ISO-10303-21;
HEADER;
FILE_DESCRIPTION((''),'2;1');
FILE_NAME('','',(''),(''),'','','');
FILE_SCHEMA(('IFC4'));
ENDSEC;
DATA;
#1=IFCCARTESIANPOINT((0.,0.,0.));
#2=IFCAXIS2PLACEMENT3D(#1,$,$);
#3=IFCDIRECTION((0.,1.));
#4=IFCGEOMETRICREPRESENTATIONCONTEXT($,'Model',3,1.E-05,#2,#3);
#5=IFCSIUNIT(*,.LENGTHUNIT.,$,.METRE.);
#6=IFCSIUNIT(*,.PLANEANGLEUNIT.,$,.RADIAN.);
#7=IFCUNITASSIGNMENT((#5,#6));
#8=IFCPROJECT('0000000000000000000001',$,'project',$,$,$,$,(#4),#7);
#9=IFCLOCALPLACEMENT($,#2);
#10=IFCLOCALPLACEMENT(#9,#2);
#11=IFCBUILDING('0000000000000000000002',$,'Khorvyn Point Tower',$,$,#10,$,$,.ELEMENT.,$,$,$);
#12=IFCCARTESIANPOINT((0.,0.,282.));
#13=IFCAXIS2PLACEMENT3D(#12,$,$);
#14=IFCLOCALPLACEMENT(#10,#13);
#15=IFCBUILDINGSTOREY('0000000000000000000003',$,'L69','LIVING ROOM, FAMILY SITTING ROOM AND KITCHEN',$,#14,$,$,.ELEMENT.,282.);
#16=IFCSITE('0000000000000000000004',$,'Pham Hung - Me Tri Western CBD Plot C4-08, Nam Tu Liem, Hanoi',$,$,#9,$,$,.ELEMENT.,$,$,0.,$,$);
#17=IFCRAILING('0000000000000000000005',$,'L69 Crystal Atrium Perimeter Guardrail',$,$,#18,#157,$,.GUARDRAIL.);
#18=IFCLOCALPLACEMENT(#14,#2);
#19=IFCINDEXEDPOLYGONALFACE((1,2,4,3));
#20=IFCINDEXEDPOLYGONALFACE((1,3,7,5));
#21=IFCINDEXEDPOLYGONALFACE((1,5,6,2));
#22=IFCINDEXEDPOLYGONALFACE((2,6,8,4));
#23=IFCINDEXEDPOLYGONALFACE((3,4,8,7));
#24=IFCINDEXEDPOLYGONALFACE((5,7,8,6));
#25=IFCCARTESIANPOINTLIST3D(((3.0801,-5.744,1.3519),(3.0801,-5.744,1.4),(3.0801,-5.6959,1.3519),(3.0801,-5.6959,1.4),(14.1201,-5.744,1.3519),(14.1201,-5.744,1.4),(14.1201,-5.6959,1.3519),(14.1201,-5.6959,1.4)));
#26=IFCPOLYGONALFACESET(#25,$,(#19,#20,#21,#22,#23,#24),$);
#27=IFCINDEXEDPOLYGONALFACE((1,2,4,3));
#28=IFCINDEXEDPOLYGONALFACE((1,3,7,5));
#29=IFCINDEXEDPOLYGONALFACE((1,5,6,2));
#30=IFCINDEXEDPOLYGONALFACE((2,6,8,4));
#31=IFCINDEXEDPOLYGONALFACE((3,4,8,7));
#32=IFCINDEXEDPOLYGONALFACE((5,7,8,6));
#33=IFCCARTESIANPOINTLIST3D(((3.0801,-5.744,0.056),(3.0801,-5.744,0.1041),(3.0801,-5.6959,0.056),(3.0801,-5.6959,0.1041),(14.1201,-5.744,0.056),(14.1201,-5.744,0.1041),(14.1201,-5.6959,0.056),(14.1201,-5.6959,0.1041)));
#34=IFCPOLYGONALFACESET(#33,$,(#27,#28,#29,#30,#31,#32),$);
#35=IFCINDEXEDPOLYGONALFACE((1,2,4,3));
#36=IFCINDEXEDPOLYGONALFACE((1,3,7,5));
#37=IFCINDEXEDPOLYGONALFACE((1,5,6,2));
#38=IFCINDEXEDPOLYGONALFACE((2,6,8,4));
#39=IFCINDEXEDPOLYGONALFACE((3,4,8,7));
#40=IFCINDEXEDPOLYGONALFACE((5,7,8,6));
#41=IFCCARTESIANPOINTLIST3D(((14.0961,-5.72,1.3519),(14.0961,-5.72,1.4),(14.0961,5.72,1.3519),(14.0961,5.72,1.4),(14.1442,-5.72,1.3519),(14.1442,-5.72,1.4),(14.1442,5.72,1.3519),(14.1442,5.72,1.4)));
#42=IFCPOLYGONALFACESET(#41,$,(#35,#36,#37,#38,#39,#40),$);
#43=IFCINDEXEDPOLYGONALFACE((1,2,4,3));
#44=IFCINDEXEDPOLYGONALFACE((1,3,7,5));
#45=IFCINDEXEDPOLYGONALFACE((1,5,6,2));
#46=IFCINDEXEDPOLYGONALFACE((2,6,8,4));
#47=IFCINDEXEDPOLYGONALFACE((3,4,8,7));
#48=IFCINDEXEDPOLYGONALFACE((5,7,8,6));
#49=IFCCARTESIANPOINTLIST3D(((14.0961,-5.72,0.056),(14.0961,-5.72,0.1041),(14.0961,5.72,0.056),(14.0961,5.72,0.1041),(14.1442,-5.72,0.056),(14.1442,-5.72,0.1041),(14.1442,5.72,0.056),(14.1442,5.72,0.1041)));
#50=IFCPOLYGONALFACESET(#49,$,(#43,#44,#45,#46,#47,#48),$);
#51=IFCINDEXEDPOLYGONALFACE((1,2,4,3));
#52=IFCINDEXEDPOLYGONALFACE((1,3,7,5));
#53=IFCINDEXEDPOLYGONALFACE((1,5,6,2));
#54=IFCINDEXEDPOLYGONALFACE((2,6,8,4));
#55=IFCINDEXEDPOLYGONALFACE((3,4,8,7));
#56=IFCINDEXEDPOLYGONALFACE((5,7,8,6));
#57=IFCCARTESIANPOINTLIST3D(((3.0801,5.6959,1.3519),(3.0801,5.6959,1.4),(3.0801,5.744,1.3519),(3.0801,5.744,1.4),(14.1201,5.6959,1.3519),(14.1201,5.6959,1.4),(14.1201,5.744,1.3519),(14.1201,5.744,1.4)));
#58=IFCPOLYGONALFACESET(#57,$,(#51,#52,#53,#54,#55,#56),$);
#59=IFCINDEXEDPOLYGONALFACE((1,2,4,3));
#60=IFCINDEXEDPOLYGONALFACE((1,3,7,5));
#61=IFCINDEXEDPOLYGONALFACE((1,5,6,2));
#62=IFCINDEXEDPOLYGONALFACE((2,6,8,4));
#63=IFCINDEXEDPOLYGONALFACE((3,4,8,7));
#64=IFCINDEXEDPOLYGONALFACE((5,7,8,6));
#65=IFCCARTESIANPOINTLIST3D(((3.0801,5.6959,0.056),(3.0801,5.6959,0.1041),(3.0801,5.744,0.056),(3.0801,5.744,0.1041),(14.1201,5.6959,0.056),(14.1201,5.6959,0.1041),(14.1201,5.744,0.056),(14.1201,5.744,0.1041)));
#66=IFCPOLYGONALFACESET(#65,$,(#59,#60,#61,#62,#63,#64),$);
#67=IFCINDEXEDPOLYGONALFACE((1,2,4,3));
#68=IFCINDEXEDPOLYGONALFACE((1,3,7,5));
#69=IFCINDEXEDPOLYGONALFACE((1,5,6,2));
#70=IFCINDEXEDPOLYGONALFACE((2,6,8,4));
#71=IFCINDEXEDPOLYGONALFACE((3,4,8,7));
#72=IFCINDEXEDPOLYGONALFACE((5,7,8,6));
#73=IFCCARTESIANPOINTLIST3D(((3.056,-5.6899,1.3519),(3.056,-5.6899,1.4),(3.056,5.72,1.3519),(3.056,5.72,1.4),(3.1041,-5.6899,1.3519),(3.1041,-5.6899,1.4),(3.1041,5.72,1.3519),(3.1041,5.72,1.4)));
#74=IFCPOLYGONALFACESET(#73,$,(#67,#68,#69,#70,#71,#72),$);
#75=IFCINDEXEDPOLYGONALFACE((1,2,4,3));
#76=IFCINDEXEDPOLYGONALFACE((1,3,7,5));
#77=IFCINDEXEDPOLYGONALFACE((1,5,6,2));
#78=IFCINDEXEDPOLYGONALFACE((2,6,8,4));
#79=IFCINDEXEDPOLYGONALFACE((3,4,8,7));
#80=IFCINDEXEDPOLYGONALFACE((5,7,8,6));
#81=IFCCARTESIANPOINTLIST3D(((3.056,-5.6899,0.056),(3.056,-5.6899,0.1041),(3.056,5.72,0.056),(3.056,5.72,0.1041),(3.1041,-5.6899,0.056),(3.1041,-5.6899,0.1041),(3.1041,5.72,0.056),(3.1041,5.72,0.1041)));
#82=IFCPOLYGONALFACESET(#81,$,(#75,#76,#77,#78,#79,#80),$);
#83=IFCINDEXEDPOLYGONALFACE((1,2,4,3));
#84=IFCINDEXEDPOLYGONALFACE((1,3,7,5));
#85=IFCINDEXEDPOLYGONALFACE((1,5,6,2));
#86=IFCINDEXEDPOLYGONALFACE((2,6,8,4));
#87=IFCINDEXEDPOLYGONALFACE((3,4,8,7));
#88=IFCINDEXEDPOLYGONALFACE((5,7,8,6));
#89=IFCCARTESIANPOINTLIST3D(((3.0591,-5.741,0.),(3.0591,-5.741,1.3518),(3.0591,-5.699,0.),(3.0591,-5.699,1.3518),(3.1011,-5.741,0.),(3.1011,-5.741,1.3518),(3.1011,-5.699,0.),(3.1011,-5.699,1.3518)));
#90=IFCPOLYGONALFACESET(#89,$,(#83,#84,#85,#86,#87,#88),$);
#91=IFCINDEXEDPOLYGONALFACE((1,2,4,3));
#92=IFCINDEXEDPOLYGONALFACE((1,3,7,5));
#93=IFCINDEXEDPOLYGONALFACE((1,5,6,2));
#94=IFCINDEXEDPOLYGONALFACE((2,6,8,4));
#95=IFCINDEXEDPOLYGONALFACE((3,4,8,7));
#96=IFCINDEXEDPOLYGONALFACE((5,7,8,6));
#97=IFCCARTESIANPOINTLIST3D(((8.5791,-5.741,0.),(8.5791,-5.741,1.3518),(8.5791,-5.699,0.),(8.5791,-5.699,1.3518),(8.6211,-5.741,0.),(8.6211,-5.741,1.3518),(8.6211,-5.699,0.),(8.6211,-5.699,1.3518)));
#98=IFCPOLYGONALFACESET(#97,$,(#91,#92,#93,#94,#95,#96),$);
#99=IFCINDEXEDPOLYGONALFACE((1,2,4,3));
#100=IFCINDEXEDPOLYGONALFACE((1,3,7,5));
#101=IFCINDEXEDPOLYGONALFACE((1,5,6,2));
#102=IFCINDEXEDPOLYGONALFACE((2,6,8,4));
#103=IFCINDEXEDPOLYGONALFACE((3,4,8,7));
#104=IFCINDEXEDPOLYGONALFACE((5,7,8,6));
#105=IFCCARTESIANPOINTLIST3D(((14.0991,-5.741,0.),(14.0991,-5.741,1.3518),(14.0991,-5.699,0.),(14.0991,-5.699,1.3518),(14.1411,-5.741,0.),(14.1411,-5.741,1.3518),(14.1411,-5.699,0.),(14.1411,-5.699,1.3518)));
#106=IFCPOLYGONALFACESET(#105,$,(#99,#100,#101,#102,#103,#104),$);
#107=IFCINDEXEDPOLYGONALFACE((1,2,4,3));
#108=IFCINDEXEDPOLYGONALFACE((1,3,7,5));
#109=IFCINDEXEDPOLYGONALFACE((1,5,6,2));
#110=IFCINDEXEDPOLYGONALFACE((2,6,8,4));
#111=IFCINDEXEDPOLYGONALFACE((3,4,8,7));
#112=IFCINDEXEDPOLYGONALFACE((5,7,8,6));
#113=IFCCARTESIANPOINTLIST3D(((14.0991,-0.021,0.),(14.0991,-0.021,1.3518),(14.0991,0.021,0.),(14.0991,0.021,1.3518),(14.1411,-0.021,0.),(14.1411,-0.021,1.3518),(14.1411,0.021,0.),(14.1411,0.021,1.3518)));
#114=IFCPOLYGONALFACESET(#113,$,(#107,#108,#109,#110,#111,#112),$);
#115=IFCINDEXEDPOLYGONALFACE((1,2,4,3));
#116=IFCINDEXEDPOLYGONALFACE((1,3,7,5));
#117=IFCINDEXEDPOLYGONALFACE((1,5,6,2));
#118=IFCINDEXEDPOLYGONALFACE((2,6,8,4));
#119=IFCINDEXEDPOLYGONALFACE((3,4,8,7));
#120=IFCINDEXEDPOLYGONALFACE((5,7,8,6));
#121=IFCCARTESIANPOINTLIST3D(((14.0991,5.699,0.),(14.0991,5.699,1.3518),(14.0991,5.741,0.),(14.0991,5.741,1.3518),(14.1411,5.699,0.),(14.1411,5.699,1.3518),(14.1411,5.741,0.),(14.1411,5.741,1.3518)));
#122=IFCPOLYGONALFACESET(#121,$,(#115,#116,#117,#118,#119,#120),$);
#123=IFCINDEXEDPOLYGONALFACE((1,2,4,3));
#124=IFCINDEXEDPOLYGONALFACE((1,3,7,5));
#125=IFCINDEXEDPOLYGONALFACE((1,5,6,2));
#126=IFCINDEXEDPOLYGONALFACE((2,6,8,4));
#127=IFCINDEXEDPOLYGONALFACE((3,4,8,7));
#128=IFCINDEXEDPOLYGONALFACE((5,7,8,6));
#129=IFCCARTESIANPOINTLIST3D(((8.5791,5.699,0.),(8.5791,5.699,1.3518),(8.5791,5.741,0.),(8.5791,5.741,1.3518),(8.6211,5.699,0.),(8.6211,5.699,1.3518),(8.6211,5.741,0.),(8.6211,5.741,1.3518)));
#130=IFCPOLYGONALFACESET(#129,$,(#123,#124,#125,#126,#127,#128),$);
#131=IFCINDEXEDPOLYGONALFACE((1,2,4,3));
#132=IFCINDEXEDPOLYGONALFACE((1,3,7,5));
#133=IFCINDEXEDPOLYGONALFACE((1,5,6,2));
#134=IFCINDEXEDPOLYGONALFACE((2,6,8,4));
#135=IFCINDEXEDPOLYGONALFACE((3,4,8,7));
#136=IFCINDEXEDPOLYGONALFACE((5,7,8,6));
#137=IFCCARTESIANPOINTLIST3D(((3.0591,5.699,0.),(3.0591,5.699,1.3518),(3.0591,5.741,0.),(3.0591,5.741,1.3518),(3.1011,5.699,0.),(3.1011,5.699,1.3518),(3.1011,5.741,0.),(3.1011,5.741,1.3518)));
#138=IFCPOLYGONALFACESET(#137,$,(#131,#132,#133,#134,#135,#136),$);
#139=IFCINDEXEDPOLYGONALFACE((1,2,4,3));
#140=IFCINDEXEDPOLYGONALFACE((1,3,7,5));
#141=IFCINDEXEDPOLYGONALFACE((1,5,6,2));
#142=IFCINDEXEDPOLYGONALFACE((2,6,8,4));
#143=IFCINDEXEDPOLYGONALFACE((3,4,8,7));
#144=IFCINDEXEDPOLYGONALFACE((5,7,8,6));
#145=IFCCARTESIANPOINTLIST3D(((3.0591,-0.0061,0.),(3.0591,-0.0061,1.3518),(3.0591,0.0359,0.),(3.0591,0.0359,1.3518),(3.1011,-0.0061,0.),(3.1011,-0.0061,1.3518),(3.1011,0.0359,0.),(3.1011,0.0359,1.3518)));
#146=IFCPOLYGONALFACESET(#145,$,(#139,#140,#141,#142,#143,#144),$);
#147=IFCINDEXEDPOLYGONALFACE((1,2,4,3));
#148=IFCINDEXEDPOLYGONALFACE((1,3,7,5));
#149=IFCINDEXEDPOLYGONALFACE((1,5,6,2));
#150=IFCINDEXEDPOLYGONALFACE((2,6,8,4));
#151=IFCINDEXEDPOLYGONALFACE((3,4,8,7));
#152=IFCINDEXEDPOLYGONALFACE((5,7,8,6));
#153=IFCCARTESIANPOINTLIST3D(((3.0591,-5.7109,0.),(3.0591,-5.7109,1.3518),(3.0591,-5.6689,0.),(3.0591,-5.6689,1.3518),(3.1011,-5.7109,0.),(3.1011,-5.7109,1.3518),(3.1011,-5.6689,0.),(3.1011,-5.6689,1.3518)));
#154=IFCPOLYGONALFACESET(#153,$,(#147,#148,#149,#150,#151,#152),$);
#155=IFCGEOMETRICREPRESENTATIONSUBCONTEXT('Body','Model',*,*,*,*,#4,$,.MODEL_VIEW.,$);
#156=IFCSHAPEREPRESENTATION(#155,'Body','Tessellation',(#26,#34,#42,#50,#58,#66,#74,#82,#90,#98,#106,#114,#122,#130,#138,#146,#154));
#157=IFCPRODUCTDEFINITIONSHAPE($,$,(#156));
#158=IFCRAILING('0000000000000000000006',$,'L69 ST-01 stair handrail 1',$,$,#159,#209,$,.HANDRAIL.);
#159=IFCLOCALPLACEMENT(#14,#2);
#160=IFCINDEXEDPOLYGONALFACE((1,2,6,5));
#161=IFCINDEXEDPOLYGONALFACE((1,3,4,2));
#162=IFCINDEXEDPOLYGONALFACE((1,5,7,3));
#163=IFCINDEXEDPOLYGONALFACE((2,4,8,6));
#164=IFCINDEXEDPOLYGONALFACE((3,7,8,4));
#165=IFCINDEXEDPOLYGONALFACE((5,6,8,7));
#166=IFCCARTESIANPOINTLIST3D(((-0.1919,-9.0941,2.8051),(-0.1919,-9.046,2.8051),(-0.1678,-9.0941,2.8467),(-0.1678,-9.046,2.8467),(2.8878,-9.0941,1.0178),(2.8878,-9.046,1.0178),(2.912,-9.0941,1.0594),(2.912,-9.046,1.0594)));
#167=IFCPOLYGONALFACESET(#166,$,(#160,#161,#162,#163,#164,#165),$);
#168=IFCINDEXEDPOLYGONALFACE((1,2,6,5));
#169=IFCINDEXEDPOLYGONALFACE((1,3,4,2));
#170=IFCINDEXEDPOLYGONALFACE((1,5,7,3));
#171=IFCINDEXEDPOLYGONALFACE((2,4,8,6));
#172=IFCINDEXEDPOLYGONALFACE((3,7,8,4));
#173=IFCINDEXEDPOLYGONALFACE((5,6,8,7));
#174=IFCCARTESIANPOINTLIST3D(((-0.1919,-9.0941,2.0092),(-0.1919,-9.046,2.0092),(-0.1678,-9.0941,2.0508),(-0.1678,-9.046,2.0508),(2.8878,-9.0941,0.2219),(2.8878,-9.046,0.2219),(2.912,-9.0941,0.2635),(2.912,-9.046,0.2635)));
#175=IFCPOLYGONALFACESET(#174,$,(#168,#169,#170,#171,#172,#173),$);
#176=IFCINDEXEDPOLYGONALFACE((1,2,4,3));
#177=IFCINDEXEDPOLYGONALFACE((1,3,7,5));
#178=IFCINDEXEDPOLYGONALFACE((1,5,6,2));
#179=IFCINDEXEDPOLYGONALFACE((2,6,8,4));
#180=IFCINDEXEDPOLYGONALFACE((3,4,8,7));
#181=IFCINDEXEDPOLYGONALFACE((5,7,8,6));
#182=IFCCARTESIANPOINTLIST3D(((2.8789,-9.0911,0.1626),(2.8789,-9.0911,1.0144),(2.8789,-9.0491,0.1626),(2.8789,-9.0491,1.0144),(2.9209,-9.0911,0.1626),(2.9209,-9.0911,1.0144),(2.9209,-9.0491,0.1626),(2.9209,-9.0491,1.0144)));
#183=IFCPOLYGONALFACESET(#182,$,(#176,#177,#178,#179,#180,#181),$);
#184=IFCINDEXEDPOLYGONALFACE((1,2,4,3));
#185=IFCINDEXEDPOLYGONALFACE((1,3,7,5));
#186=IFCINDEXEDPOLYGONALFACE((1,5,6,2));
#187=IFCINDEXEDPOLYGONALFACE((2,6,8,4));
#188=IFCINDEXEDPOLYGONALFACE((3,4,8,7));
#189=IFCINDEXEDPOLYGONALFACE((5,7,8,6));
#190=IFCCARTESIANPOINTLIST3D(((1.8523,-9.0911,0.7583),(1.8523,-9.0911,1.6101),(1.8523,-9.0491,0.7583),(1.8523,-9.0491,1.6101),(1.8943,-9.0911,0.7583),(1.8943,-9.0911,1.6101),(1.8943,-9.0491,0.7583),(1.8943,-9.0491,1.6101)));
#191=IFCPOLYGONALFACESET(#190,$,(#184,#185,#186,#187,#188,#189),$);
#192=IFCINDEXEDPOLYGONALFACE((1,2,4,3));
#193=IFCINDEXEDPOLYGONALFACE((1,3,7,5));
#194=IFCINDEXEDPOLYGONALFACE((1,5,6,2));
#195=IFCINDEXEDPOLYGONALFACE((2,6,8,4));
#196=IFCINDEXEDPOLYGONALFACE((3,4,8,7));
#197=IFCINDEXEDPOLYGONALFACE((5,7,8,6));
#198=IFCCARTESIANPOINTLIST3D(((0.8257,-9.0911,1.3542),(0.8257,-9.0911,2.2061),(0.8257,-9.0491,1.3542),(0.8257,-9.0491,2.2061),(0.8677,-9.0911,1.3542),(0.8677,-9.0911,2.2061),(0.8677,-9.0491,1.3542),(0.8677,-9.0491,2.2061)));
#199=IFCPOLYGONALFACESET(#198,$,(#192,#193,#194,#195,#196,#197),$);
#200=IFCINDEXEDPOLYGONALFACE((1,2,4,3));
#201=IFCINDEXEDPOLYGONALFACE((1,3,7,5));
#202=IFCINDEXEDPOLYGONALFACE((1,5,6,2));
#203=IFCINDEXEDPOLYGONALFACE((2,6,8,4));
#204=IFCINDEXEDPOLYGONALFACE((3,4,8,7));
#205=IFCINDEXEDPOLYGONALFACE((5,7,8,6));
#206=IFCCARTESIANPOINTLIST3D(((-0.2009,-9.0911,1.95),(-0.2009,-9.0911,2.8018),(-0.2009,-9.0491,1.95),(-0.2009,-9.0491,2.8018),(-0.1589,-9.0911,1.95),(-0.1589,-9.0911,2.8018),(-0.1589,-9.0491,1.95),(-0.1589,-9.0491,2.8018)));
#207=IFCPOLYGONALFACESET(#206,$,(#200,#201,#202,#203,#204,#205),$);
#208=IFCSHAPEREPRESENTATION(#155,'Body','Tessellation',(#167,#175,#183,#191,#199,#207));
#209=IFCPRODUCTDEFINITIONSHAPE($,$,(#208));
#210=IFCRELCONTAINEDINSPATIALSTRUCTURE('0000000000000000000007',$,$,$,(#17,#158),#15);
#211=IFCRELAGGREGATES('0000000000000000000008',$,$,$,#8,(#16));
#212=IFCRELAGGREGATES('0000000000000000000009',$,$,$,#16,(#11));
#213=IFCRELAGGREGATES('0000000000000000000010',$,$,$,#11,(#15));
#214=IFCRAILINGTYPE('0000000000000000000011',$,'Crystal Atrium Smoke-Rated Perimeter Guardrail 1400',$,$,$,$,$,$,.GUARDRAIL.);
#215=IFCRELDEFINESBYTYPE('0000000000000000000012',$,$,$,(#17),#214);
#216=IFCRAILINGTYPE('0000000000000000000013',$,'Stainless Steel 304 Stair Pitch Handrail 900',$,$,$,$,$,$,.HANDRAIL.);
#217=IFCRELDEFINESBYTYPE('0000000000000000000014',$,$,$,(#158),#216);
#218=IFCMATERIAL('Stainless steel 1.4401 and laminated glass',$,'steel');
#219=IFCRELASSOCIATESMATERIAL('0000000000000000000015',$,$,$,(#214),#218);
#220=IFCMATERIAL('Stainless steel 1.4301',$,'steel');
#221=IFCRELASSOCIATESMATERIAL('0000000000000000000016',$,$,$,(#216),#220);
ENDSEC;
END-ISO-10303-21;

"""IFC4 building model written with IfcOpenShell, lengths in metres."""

from ifc_helpers import new_model, si_unit, direction, frame, origin, origin_2d, place, context, subcontext, project, spatial, rectangle, extrude, material, type_object, element, save


model = new_model("IFC4")

# Units and contexts
model_context = context("Model", 3, precision=1e-05, world=origin(), true_north=direction((0.0, 1.0)))
body_context = subcontext(model_context, "Body", "Model", "MODEL_VIEW")
ifc_project = project(units=[si_unit("LENGTHUNIT", "METRE"), si_unit("PLANEANGLEUNIT", "RADIAN")], contexts=[model_context])

# Site, building, storey
site_placement = place(None, origin())
site = spatial("IfcSite", under=ifc_project, at=site_placement, Name="Pham Hung - Me Tri Western CBD Plot C4-08, Nam Tu Liem, Hanoi", CompositionType="ELEMENT", RefElevation=0.0)
building_placement = place(site_placement, origin())
building = spatial("IfcBuilding", under=site, at=building_placement, Name="Khorvyn Point Tower", CompositionType="ELEMENT")
storey_placement = place(building_placement, frame((0.0, 0.0, 282.0)))
storey = spatial("IfcBuildingStorey", under=building, at=storey_placement, Name="L69", Description="LIVING ROOM, FAMILY SITTING ROOM AND KITCHEN", CompositionType="ELEMENT", Elevation=282.0)

# Railings
ifc_material_1 = material(Name="Stainless steel 1.4401 and laminated glass", Category="steel")
railing_type_1 = type_object("IfcRailingType", Name="Crystal Atrium Smoke-Rated Perimeter Guardrail 1400", PredefinedType="GUARDRAIL", material=ifc_material_1)
railing_1_placement = place(storey_placement, frame((3.0801, -5.72, 0.0)))
element("IfcRailing", 1, at=railing_1_placement, inside=storey, type_object=railing_type_1, Name="L69 Crystal Atrium Perimeter Guardrail", PredefinedType="GUARDRAIL", context=body_context, shape_type="SweptSolid", body=[
    extrude(rectangle(XDim=0.0481, YDim=0.0481, at=origin_2d()), frame((0.0, 0.0, 1.376), z_axis=(1.0, 0.0, 0.0), x_axis=(0.0, 1.0, 0.0)), (0.0, 0.0, 1.0), 11.04),
    extrude(rectangle(XDim=0.0481, YDim=0.0481, at=origin_2d()), frame((0.0, 0.0, 0.0801), z_axis=(1.0, 0.0, 0.0), x_axis=(0.0, 1.0, 0.0)), (0.0, 0.0, 1.0), 11.04),
    extrude(rectangle(XDim=0.0481, YDim=0.0481, at=origin_2d()), frame((11.04, 0.0, 1.376), z_axis=(0.0, 1.0, 0.0), x_axis=(-1.0, 0.0, 0.0)), (0.0, 0.0, 1.0), 11.4399),
    extrude(rectangle(XDim=0.0481, YDim=0.0481, at=origin_2d()), frame((11.04, 0.0, 0.0801), z_axis=(0.0, 1.0, 0.0), x_axis=(-1.0, 0.0, 0.0)), (0.0, 0.0, 1.0), 11.4399),
    extrude(rectangle(XDim=0.0481, YDim=0.0481, at=origin_2d()), frame((11.04, 11.4399, 1.376), z_axis=(-1.0, 0.0, 0.0), x_axis=(0.0, -1.0, 0.0)), (0.0, 0.0, 1.0), 11.04),
    extrude(rectangle(XDim=0.0481, YDim=0.0481, at=origin_2d()), frame((11.04, 11.4399, 0.0801), z_axis=(-1.0, 0.0, 0.0), x_axis=(0.0, -1.0, 0.0)), (0.0, 0.0, 1.0), 11.04),
    extrude(rectangle(XDim=0.0481, YDim=0.0481, at=origin_2d()), frame((0.0, 11.4399, 1.376), z_axis=(0.0, -1.0, 0.0), x_axis=(1.0, 0.0, 0.0)), (0.0, 0.0, 1.0), 11.4099),
    extrude(rectangle(XDim=0.0481, YDim=0.0481, at=origin_2d()), frame((0.0, 11.4399, 0.0801), z_axis=(0.0, -1.0, 0.0), x_axis=(1.0, 0.0, 0.0)), (0.0, 0.0, 1.0), 11.4099),
    extrude(rectangle(XDim=0.042, YDim=0.042, at=origin_2d()), origin(), (0.0, 0.0, 1.0), 1.3518),
    extrude(rectangle(XDim=0.042, YDim=0.042, at=origin_2d()), frame((5.52, 0.0, 0.0)), (0.0, 0.0, 1.0), 1.3518),
    extrude(rectangle(XDim=0.042, YDim=0.042, at=origin_2d()), frame((11.04, 0.0, 0.0)), (0.0, 0.0, 1.0), 1.3518),
    extrude(rectangle(XDim=0.042, YDim=0.042, at=origin_2d()), frame((11.04, 5.72, 0.0)), (0.0, 0.0, 1.0), 1.3518),
    extrude(rectangle(XDim=0.042, YDim=0.042, at=origin_2d()), frame((11.04, 11.4399, 0.0)), (0.0, 0.0, 1.0), 1.3518),
    extrude(rectangle(XDim=0.042, YDim=0.042, at=origin_2d()), frame((5.52, 11.4399, 0.0)), (0.0, 0.0, 1.0), 1.3518),
    extrude(rectangle(XDim=0.042, YDim=0.042, at=origin_2d()), frame((0.0, 11.4399, 0.0)), (0.0, 0.0, 1.0), 1.3518),
    extrude(rectangle(XDim=0.042, YDim=0.042, at=origin_2d()), frame((0.0, 5.7349, 0.0)), (0.0, 0.0, 1.0), 1.3518),
    extrude(rectangle(XDim=0.042, YDim=0.042, at=origin_2d()), frame((0.0, 0.03, 0.0)), (0.0, 0.0, 1.0), 1.3518),
])
ifc_material_2 = material(Name="Stainless steel 1.4301", Category="steel")
railing_type_2 = type_object("IfcRailingType", Name="Stainless Steel 304 Stair Pitch Handrail 900", PredefinedType="HANDRAIL", material=ifc_material_2)
railing_2_placement = place(storey_placement, frame((2.8999, -9.0701, 0.1626)))
element("IfcRailing", 2, at=railing_2_placement, inside=storey, type_object=railing_type_2, Name="L69 ST-01 stair handrail 1", PredefinedType="HANDRAIL", context=body_context, shape_type="SweptSolid", body=[
    extrude(rectangle(XDim=0.0481, YDim=0.0481, at=origin_2d()), frame((0.0, 0.0, 0.876), z_axis=(-0.864903, 0.0, 0.501939), x_axis=(0.0, -1.0, 0.0)), (0.0, 0.0, 1.0), 3.5608),
    extrude(rectangle(XDim=0.0481, YDim=0.0481, at=origin_2d()), frame((0.0, 0.0, 0.0801), z_axis=(-0.864903, 0.0, 0.501939), x_axis=(0.0, -1.0, 0.0)), (0.0, 0.0, 1.0), 3.5608),
    extrude(rectangle(XDim=0.042, YDim=0.042, at=origin_2d()), origin(), (0.0, 0.0, 1.0), 0.8518),
    extrude(rectangle(XDim=0.042, YDim=0.042, at=origin_2d()), frame((-1.0266, 0.0, 0.5957)), (0.0, 0.0, 1.0), 0.8518),
    extrude(rectangle(XDim=0.042, YDim=0.042, at=origin_2d()), frame((-2.0532, 0.0, 1.1917)), (0.0, 0.0, 1.0), 0.8518),
    extrude(rectangle(XDim=0.042, YDim=0.042, at=origin_2d()), frame((-3.0798, 0.0, 1.7874)), (0.0, 0.0, 1.0), 0.8518),
])

save(model, "model.ifc")
